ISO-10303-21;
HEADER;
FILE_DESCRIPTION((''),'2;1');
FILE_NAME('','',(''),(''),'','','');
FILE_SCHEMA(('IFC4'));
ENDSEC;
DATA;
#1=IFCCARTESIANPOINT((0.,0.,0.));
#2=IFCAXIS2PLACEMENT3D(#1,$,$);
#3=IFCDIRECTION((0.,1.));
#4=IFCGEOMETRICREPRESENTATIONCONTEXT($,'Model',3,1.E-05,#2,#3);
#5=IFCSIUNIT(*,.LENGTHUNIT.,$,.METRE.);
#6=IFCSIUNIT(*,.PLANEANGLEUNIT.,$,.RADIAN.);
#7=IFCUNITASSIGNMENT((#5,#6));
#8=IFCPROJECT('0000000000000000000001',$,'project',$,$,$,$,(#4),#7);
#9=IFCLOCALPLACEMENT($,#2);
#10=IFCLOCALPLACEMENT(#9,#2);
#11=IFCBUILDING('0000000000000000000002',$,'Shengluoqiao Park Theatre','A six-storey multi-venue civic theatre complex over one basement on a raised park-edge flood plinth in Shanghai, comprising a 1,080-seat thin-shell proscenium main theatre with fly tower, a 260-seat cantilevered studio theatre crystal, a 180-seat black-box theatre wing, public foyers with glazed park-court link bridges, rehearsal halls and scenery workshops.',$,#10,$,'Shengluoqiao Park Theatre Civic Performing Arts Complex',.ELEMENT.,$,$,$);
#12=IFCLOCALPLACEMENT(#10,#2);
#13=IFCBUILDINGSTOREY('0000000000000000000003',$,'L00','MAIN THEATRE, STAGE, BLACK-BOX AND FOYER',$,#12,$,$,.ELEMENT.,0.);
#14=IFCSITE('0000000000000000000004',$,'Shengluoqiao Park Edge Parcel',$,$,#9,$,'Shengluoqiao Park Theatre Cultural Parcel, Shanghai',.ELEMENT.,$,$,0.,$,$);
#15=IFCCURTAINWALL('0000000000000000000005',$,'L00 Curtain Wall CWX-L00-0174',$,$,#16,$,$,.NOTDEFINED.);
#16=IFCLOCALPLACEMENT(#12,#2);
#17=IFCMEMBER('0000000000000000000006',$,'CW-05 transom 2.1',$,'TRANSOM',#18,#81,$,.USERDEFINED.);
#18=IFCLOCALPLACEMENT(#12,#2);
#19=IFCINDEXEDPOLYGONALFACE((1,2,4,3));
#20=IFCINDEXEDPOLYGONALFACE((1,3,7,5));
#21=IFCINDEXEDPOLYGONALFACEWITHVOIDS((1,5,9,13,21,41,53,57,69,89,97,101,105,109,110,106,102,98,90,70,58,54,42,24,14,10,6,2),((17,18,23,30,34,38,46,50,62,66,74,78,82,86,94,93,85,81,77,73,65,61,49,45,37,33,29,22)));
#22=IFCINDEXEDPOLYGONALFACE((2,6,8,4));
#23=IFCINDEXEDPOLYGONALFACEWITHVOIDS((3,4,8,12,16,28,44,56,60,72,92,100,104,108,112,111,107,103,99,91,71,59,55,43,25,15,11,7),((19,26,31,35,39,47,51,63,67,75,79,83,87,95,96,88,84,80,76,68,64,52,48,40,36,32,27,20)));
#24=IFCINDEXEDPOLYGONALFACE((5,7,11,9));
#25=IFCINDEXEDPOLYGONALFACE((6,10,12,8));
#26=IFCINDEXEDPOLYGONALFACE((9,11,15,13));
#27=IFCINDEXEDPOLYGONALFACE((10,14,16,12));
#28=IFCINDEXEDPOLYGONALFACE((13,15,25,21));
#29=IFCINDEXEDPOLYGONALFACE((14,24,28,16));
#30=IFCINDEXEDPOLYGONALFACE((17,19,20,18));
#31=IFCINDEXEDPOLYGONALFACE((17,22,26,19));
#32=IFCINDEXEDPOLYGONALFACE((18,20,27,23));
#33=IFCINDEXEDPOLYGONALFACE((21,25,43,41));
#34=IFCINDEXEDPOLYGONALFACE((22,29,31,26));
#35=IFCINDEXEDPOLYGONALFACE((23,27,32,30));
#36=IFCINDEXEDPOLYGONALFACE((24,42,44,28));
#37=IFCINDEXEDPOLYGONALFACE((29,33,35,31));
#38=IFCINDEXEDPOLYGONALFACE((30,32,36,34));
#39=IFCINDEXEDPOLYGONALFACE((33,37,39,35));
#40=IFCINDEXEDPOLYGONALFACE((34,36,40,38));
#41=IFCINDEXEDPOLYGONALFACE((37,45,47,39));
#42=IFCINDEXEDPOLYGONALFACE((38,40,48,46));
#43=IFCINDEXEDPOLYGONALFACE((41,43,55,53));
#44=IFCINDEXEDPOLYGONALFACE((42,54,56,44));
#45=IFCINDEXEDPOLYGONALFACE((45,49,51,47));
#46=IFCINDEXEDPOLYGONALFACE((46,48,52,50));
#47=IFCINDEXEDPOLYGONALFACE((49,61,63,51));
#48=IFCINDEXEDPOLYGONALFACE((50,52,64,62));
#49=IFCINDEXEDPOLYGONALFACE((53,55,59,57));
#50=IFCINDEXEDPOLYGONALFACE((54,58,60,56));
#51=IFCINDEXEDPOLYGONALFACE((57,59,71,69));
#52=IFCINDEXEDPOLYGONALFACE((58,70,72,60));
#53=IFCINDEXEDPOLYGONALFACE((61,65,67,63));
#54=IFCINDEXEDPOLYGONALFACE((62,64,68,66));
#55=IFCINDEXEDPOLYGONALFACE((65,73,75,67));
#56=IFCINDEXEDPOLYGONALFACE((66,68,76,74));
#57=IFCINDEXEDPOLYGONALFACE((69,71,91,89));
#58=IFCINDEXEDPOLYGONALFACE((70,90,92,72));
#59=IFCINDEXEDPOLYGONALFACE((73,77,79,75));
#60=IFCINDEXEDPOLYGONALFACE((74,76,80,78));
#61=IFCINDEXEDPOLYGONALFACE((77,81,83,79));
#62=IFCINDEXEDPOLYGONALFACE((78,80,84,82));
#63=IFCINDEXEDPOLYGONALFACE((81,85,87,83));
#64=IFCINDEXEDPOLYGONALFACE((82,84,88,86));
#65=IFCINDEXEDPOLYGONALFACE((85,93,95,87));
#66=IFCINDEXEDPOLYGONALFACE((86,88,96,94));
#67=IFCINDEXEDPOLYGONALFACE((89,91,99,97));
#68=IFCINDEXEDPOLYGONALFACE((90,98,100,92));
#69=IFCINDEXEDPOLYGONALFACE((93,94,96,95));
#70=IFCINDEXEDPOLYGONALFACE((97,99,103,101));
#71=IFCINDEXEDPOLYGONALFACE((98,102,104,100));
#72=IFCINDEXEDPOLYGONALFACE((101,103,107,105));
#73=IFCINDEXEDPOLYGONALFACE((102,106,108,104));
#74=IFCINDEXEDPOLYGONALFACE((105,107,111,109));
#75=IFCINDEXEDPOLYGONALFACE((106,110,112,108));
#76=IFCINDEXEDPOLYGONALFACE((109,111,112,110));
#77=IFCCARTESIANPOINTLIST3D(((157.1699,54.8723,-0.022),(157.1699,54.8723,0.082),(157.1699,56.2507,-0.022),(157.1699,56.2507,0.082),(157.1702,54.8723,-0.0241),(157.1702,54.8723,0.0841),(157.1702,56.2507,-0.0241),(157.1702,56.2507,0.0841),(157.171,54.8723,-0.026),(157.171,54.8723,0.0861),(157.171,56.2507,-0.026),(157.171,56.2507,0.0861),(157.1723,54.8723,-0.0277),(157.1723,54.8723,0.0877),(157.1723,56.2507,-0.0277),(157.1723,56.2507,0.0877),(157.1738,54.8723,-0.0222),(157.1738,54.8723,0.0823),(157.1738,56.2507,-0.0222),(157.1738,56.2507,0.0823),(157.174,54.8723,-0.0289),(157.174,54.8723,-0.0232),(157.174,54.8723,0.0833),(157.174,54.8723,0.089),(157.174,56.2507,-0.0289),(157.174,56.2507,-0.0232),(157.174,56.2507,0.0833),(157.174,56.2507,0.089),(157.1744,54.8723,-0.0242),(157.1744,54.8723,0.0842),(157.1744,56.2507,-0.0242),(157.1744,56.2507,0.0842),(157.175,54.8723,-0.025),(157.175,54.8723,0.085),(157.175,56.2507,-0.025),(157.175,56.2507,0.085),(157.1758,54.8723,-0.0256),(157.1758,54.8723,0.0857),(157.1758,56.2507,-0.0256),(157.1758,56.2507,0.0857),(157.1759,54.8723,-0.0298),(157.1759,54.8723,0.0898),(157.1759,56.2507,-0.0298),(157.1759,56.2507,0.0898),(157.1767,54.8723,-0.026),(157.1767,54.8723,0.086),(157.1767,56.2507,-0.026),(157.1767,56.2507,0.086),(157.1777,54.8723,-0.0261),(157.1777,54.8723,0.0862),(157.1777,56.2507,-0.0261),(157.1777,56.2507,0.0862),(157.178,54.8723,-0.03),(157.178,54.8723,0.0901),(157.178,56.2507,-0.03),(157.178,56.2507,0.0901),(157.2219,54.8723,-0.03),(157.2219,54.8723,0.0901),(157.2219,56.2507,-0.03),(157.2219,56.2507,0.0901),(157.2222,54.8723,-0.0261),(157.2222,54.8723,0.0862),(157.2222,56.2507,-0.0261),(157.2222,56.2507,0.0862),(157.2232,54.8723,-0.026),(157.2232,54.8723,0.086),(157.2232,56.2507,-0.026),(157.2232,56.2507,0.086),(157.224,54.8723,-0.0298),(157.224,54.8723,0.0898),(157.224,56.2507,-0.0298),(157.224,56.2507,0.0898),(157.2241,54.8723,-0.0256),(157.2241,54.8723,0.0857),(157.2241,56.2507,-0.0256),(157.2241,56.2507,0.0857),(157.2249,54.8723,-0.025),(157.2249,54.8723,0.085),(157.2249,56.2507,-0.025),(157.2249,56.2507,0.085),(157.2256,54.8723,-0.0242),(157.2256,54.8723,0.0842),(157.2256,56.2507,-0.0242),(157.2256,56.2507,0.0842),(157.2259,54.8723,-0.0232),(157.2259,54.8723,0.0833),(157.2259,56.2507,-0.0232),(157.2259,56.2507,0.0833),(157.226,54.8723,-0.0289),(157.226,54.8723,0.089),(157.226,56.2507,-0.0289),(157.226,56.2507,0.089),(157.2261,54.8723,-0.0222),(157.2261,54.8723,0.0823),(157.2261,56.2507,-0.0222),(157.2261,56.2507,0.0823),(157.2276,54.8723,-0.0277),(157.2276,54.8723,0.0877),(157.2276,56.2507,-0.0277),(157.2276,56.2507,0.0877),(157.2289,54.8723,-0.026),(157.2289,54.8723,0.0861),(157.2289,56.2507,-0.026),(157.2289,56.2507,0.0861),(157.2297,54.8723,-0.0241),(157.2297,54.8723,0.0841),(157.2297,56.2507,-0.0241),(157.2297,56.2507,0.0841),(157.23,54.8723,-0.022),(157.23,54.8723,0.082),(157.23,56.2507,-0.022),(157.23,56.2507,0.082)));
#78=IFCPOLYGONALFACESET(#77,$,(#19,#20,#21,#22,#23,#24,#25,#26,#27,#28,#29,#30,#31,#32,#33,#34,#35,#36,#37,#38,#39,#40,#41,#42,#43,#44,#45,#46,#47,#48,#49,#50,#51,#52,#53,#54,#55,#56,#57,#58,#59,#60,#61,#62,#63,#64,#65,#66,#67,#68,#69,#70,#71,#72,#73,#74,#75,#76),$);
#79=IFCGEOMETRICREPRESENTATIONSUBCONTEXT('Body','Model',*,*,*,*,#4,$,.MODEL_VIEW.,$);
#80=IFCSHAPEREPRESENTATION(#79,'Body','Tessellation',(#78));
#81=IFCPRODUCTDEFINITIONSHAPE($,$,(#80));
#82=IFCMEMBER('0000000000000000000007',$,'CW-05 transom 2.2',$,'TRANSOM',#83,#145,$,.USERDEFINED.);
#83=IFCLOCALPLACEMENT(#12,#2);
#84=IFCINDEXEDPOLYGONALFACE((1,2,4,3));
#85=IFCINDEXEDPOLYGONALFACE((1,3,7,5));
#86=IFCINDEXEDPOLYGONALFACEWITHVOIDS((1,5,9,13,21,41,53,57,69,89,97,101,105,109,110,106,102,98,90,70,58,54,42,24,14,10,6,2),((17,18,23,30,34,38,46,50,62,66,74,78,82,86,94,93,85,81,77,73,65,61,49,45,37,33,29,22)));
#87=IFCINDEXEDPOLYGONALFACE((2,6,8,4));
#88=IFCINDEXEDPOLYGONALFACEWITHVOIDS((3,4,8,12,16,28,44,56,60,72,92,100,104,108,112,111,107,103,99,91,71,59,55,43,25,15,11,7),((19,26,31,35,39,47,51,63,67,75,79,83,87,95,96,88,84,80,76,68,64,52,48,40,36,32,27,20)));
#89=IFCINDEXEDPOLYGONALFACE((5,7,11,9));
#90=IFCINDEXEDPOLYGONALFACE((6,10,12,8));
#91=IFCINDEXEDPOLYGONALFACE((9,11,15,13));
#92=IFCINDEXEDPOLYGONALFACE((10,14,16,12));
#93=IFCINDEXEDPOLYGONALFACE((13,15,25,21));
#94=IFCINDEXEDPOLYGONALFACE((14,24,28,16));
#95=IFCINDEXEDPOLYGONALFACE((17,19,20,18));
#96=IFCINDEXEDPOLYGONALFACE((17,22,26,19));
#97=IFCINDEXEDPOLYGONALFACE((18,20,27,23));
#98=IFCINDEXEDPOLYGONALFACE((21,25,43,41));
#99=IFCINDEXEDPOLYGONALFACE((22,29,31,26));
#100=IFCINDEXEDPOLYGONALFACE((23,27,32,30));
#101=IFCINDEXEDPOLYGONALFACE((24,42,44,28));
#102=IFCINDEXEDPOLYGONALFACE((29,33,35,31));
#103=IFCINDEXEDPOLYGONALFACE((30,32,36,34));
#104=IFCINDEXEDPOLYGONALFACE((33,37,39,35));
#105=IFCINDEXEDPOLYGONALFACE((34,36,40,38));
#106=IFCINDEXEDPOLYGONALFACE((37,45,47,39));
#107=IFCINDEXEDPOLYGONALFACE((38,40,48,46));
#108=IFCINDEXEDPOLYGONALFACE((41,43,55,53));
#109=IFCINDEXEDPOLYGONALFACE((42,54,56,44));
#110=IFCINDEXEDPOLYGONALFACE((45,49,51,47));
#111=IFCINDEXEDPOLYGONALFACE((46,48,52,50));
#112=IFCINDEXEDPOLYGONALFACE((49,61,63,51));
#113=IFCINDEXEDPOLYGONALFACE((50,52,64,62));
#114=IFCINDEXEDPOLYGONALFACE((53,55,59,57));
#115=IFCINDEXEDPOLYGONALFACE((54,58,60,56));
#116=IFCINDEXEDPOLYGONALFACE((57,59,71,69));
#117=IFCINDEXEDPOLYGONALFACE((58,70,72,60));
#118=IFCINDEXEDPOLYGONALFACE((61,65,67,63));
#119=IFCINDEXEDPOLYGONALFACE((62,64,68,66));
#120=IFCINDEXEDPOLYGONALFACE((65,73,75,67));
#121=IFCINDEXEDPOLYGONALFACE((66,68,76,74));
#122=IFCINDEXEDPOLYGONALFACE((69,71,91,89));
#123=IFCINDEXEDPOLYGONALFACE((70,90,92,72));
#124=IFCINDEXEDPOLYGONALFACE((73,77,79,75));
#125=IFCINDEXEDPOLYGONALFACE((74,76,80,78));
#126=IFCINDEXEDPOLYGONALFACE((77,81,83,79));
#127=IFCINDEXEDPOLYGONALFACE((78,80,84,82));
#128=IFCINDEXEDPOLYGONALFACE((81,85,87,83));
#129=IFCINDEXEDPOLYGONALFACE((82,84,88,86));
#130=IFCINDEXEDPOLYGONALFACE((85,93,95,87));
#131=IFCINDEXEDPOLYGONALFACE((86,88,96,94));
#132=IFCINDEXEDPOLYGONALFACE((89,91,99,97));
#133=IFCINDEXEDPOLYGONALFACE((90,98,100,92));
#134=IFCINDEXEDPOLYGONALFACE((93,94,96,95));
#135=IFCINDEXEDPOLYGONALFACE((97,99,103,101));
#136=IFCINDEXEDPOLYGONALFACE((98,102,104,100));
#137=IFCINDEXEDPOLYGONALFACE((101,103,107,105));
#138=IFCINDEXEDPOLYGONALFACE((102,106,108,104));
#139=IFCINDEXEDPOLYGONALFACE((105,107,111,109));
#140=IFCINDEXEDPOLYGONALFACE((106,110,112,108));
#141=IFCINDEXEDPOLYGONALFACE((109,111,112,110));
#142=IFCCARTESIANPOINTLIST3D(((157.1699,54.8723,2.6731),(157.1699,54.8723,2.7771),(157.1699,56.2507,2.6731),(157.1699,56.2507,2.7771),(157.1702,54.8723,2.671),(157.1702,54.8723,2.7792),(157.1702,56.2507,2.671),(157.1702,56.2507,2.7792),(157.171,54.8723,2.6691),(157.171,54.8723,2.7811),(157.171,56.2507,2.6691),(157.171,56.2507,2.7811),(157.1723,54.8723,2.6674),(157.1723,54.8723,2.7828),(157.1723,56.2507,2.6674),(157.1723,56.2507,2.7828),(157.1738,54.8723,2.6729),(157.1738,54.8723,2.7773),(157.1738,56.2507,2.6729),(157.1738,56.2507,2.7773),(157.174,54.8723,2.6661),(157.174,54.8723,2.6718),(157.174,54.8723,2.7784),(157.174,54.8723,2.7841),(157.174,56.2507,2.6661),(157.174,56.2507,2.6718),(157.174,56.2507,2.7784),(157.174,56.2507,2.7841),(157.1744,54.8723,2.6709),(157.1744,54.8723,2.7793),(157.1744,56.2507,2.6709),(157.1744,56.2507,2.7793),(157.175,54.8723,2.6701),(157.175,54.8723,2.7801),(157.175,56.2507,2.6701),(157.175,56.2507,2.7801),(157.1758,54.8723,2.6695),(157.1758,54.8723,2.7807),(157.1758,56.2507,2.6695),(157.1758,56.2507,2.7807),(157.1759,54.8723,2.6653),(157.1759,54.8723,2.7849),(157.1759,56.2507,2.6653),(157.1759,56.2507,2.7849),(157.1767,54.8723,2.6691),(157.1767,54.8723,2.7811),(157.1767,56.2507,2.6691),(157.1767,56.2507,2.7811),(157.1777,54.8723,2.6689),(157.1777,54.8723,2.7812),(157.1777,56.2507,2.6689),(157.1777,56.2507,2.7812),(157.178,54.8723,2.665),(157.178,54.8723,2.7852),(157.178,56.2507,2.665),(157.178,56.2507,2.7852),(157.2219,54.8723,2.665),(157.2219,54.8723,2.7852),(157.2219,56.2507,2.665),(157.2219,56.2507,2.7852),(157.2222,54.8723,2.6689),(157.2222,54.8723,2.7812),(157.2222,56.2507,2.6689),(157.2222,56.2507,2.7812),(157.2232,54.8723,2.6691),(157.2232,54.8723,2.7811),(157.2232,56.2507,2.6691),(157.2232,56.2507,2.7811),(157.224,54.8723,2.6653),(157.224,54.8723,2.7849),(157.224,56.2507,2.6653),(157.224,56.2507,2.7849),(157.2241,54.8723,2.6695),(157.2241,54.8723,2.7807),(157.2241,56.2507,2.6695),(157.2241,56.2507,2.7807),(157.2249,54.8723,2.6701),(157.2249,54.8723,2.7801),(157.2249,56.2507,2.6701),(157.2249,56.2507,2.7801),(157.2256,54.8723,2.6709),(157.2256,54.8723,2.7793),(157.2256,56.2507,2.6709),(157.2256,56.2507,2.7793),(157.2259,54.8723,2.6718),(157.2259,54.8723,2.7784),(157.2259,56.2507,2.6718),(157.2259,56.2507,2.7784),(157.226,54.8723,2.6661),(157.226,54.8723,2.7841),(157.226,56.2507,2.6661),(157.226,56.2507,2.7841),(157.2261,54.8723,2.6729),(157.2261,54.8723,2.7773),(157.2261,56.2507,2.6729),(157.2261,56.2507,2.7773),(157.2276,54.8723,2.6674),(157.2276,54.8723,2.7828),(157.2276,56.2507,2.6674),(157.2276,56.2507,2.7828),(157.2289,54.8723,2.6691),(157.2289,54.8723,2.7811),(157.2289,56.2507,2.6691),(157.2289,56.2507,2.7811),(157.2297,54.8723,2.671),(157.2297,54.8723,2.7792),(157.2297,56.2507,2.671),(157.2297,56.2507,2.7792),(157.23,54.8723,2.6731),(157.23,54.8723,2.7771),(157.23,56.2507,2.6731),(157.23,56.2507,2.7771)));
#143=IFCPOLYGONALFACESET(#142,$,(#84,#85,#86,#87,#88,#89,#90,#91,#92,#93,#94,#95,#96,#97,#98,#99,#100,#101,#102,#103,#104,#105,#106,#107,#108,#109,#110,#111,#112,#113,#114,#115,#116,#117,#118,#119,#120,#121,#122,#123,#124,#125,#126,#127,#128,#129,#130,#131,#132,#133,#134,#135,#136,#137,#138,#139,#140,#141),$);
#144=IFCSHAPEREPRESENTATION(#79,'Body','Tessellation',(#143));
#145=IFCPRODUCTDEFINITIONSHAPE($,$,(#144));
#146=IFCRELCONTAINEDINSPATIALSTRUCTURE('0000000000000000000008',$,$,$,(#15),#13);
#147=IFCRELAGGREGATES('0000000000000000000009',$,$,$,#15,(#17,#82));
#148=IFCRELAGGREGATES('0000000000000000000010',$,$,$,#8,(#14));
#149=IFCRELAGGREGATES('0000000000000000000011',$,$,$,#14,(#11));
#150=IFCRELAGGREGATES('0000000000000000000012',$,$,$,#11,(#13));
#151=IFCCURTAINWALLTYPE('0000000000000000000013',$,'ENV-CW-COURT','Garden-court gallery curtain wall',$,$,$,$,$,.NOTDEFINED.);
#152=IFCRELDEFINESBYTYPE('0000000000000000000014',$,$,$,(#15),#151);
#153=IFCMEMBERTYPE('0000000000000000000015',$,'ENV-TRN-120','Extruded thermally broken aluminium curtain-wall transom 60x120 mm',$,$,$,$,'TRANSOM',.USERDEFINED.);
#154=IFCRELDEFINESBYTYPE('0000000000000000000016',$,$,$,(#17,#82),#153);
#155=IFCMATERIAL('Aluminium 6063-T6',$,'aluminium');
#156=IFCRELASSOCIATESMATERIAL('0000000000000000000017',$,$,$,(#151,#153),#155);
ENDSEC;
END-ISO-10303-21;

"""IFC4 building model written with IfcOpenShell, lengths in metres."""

from ifc_helpers import new_model, si_unit, direction, frame, origin, origin_2d, place, context, subcontext, project, spatial, hollow_rectangle, extrude, material, material_profile, profile_set, type_object, element, aggregate, save


model = new_model("IFC4")

# Units and contexts
model_context = context("Model", 3, precision=1e-05, world=origin(), true_north=direction((0.0, 1.0)))
body_context = subcontext(model_context, "Body", "Model", "MODEL_VIEW")
ifc_project = project(units=[si_unit("LENGTHUNIT", "METRE"), si_unit("PLANEANGLEUNIT", "RADIAN")], contexts=[model_context])

# Site, building, storey
site_placement = place(None, origin())
site = spatial("IfcSite", under=ifc_project, at=site_placement, Name="Shengluoqiao Park Edge Parcel", LongName="Shengluoqiao Park Theatre Cultural Parcel, Shanghai", CompositionType="ELEMENT", RefElevation=0.0)
building_placement = place(site_placement, origin())
building = spatial("IfcBuilding", under=site, at=building_placement, Name="Shengluoqiao Park Theatre", Description="A six-storey multi-venue civic theatre complex over one basement on a raised park-edge flood plinth in Shanghai, comprising a 1,080-seat thin-shell proscenium main theatre with fly tower, a 260-seat cantilevered studio theatre crystal, a 180-seat black-box theatre wing, public foyers with glazed park-court link bridges, rehearsal halls and scenery workshops.", LongName="Shengluoqiao Park Theatre Civic Performing Arts Complex", CompositionType="ELEMENT")
storey_placement = place(building_placement, origin())
storey = spatial("IfcBuildingStorey", under=building, at=storey_placement, Name="L00", Description="MAIN THEATRE, STAGE, BLACK-BOX AND FOYER", CompositionType="ELEMENT", Elevation=0.0)

# Curtain wall, members
ifc_material_1 = material(Name="Aluminium 6063-T6", Category="aluminium")
curtain_wall_type = type_object("IfcCurtainWallType", Name="ENV-CW-COURT", Description="Garden-court gallery curtain wall", PredefinedType="NOTDEFINED", material=ifc_material_1)
curtain_wall_placement = place(storey_placement, origin())
curtain_wall = element("IfcCurtainWall", 1, at=curtain_wall_placement, inside=storey, type_object=curtain_wall_type, Name="L00 Curtain Wall CWX-L00-0174", PredefinedType="NOTDEFINED")
ifc_material_profile_1 = material_profile(ifc_material_1, hollow_rectangle(XDim=0.0601, YDim=0.1201, WallThickness=0.0039, InnerFilletRadius=0.0039, OuterFilletRadius=0.0081, at=origin_2d()), Name="ALU TRANSOM 120x60x4")
ifc_profile_set_1 = profile_set([ifc_material_profile_1], Name="Aluminium 6063-T6")
member_type_1 = type_object("IfcMemberType", Name="ENV-TRN-120", Description="Extruded thermally broken aluminium curtain-wall transom 60x120 mm", ElementType="TRANSOM", PredefinedType="USERDEFINED", material=ifc_profile_set_1)
member_1_placement = place(storey_placement, frame((157.2, 54.8723, 0.03), z_axis=(0.0, 1.0, 0.0), x_axis=(-1.0, 0.0, 0.0)))
member_1 = element("IfcMember", 2, at=member_1_placement, type_object=member_type_1, Name="CW-05 transom 2.1", ObjectType="TRANSOM", PredefinedType="USERDEFINED", context=body_context, shape_type="SweptSolid", body=[
    extrude(hollow_rectangle(XDim=0.0601, YDim=0.1201, WallThickness=0.0039, InnerFilletRadius=0.0039, OuterFilletRadius=0.0081, at=origin_2d()), origin(), (0.0, 0.0, 1.0), 1.3784),
])
member_2_placement = place(storey_placement, frame((157.2, 54.8723, 2.7251), z_axis=(0.0, 1.0, 0.0), x_axis=(-1.0, 0.0, 0.0)))
member_2 = element("IfcMember", 3, at=member_2_placement, type_object=member_type_1, Name="CW-05 transom 2.2", ObjectType="TRANSOM", PredefinedType="USERDEFINED", context=body_context, shape_type="SweptSolid", body=[
    extrude(hollow_rectangle(XDim=0.0601, YDim=0.1201, WallThickness=0.0039, InnerFilletRadius=0.0039, OuterFilletRadius=0.0081, at=origin_2d()), origin(), (0.0, 0.0, 1.0), 1.3784),
])
aggregate(curtain_wall, [member_1, member_2])

save(model, "model.ifc")
